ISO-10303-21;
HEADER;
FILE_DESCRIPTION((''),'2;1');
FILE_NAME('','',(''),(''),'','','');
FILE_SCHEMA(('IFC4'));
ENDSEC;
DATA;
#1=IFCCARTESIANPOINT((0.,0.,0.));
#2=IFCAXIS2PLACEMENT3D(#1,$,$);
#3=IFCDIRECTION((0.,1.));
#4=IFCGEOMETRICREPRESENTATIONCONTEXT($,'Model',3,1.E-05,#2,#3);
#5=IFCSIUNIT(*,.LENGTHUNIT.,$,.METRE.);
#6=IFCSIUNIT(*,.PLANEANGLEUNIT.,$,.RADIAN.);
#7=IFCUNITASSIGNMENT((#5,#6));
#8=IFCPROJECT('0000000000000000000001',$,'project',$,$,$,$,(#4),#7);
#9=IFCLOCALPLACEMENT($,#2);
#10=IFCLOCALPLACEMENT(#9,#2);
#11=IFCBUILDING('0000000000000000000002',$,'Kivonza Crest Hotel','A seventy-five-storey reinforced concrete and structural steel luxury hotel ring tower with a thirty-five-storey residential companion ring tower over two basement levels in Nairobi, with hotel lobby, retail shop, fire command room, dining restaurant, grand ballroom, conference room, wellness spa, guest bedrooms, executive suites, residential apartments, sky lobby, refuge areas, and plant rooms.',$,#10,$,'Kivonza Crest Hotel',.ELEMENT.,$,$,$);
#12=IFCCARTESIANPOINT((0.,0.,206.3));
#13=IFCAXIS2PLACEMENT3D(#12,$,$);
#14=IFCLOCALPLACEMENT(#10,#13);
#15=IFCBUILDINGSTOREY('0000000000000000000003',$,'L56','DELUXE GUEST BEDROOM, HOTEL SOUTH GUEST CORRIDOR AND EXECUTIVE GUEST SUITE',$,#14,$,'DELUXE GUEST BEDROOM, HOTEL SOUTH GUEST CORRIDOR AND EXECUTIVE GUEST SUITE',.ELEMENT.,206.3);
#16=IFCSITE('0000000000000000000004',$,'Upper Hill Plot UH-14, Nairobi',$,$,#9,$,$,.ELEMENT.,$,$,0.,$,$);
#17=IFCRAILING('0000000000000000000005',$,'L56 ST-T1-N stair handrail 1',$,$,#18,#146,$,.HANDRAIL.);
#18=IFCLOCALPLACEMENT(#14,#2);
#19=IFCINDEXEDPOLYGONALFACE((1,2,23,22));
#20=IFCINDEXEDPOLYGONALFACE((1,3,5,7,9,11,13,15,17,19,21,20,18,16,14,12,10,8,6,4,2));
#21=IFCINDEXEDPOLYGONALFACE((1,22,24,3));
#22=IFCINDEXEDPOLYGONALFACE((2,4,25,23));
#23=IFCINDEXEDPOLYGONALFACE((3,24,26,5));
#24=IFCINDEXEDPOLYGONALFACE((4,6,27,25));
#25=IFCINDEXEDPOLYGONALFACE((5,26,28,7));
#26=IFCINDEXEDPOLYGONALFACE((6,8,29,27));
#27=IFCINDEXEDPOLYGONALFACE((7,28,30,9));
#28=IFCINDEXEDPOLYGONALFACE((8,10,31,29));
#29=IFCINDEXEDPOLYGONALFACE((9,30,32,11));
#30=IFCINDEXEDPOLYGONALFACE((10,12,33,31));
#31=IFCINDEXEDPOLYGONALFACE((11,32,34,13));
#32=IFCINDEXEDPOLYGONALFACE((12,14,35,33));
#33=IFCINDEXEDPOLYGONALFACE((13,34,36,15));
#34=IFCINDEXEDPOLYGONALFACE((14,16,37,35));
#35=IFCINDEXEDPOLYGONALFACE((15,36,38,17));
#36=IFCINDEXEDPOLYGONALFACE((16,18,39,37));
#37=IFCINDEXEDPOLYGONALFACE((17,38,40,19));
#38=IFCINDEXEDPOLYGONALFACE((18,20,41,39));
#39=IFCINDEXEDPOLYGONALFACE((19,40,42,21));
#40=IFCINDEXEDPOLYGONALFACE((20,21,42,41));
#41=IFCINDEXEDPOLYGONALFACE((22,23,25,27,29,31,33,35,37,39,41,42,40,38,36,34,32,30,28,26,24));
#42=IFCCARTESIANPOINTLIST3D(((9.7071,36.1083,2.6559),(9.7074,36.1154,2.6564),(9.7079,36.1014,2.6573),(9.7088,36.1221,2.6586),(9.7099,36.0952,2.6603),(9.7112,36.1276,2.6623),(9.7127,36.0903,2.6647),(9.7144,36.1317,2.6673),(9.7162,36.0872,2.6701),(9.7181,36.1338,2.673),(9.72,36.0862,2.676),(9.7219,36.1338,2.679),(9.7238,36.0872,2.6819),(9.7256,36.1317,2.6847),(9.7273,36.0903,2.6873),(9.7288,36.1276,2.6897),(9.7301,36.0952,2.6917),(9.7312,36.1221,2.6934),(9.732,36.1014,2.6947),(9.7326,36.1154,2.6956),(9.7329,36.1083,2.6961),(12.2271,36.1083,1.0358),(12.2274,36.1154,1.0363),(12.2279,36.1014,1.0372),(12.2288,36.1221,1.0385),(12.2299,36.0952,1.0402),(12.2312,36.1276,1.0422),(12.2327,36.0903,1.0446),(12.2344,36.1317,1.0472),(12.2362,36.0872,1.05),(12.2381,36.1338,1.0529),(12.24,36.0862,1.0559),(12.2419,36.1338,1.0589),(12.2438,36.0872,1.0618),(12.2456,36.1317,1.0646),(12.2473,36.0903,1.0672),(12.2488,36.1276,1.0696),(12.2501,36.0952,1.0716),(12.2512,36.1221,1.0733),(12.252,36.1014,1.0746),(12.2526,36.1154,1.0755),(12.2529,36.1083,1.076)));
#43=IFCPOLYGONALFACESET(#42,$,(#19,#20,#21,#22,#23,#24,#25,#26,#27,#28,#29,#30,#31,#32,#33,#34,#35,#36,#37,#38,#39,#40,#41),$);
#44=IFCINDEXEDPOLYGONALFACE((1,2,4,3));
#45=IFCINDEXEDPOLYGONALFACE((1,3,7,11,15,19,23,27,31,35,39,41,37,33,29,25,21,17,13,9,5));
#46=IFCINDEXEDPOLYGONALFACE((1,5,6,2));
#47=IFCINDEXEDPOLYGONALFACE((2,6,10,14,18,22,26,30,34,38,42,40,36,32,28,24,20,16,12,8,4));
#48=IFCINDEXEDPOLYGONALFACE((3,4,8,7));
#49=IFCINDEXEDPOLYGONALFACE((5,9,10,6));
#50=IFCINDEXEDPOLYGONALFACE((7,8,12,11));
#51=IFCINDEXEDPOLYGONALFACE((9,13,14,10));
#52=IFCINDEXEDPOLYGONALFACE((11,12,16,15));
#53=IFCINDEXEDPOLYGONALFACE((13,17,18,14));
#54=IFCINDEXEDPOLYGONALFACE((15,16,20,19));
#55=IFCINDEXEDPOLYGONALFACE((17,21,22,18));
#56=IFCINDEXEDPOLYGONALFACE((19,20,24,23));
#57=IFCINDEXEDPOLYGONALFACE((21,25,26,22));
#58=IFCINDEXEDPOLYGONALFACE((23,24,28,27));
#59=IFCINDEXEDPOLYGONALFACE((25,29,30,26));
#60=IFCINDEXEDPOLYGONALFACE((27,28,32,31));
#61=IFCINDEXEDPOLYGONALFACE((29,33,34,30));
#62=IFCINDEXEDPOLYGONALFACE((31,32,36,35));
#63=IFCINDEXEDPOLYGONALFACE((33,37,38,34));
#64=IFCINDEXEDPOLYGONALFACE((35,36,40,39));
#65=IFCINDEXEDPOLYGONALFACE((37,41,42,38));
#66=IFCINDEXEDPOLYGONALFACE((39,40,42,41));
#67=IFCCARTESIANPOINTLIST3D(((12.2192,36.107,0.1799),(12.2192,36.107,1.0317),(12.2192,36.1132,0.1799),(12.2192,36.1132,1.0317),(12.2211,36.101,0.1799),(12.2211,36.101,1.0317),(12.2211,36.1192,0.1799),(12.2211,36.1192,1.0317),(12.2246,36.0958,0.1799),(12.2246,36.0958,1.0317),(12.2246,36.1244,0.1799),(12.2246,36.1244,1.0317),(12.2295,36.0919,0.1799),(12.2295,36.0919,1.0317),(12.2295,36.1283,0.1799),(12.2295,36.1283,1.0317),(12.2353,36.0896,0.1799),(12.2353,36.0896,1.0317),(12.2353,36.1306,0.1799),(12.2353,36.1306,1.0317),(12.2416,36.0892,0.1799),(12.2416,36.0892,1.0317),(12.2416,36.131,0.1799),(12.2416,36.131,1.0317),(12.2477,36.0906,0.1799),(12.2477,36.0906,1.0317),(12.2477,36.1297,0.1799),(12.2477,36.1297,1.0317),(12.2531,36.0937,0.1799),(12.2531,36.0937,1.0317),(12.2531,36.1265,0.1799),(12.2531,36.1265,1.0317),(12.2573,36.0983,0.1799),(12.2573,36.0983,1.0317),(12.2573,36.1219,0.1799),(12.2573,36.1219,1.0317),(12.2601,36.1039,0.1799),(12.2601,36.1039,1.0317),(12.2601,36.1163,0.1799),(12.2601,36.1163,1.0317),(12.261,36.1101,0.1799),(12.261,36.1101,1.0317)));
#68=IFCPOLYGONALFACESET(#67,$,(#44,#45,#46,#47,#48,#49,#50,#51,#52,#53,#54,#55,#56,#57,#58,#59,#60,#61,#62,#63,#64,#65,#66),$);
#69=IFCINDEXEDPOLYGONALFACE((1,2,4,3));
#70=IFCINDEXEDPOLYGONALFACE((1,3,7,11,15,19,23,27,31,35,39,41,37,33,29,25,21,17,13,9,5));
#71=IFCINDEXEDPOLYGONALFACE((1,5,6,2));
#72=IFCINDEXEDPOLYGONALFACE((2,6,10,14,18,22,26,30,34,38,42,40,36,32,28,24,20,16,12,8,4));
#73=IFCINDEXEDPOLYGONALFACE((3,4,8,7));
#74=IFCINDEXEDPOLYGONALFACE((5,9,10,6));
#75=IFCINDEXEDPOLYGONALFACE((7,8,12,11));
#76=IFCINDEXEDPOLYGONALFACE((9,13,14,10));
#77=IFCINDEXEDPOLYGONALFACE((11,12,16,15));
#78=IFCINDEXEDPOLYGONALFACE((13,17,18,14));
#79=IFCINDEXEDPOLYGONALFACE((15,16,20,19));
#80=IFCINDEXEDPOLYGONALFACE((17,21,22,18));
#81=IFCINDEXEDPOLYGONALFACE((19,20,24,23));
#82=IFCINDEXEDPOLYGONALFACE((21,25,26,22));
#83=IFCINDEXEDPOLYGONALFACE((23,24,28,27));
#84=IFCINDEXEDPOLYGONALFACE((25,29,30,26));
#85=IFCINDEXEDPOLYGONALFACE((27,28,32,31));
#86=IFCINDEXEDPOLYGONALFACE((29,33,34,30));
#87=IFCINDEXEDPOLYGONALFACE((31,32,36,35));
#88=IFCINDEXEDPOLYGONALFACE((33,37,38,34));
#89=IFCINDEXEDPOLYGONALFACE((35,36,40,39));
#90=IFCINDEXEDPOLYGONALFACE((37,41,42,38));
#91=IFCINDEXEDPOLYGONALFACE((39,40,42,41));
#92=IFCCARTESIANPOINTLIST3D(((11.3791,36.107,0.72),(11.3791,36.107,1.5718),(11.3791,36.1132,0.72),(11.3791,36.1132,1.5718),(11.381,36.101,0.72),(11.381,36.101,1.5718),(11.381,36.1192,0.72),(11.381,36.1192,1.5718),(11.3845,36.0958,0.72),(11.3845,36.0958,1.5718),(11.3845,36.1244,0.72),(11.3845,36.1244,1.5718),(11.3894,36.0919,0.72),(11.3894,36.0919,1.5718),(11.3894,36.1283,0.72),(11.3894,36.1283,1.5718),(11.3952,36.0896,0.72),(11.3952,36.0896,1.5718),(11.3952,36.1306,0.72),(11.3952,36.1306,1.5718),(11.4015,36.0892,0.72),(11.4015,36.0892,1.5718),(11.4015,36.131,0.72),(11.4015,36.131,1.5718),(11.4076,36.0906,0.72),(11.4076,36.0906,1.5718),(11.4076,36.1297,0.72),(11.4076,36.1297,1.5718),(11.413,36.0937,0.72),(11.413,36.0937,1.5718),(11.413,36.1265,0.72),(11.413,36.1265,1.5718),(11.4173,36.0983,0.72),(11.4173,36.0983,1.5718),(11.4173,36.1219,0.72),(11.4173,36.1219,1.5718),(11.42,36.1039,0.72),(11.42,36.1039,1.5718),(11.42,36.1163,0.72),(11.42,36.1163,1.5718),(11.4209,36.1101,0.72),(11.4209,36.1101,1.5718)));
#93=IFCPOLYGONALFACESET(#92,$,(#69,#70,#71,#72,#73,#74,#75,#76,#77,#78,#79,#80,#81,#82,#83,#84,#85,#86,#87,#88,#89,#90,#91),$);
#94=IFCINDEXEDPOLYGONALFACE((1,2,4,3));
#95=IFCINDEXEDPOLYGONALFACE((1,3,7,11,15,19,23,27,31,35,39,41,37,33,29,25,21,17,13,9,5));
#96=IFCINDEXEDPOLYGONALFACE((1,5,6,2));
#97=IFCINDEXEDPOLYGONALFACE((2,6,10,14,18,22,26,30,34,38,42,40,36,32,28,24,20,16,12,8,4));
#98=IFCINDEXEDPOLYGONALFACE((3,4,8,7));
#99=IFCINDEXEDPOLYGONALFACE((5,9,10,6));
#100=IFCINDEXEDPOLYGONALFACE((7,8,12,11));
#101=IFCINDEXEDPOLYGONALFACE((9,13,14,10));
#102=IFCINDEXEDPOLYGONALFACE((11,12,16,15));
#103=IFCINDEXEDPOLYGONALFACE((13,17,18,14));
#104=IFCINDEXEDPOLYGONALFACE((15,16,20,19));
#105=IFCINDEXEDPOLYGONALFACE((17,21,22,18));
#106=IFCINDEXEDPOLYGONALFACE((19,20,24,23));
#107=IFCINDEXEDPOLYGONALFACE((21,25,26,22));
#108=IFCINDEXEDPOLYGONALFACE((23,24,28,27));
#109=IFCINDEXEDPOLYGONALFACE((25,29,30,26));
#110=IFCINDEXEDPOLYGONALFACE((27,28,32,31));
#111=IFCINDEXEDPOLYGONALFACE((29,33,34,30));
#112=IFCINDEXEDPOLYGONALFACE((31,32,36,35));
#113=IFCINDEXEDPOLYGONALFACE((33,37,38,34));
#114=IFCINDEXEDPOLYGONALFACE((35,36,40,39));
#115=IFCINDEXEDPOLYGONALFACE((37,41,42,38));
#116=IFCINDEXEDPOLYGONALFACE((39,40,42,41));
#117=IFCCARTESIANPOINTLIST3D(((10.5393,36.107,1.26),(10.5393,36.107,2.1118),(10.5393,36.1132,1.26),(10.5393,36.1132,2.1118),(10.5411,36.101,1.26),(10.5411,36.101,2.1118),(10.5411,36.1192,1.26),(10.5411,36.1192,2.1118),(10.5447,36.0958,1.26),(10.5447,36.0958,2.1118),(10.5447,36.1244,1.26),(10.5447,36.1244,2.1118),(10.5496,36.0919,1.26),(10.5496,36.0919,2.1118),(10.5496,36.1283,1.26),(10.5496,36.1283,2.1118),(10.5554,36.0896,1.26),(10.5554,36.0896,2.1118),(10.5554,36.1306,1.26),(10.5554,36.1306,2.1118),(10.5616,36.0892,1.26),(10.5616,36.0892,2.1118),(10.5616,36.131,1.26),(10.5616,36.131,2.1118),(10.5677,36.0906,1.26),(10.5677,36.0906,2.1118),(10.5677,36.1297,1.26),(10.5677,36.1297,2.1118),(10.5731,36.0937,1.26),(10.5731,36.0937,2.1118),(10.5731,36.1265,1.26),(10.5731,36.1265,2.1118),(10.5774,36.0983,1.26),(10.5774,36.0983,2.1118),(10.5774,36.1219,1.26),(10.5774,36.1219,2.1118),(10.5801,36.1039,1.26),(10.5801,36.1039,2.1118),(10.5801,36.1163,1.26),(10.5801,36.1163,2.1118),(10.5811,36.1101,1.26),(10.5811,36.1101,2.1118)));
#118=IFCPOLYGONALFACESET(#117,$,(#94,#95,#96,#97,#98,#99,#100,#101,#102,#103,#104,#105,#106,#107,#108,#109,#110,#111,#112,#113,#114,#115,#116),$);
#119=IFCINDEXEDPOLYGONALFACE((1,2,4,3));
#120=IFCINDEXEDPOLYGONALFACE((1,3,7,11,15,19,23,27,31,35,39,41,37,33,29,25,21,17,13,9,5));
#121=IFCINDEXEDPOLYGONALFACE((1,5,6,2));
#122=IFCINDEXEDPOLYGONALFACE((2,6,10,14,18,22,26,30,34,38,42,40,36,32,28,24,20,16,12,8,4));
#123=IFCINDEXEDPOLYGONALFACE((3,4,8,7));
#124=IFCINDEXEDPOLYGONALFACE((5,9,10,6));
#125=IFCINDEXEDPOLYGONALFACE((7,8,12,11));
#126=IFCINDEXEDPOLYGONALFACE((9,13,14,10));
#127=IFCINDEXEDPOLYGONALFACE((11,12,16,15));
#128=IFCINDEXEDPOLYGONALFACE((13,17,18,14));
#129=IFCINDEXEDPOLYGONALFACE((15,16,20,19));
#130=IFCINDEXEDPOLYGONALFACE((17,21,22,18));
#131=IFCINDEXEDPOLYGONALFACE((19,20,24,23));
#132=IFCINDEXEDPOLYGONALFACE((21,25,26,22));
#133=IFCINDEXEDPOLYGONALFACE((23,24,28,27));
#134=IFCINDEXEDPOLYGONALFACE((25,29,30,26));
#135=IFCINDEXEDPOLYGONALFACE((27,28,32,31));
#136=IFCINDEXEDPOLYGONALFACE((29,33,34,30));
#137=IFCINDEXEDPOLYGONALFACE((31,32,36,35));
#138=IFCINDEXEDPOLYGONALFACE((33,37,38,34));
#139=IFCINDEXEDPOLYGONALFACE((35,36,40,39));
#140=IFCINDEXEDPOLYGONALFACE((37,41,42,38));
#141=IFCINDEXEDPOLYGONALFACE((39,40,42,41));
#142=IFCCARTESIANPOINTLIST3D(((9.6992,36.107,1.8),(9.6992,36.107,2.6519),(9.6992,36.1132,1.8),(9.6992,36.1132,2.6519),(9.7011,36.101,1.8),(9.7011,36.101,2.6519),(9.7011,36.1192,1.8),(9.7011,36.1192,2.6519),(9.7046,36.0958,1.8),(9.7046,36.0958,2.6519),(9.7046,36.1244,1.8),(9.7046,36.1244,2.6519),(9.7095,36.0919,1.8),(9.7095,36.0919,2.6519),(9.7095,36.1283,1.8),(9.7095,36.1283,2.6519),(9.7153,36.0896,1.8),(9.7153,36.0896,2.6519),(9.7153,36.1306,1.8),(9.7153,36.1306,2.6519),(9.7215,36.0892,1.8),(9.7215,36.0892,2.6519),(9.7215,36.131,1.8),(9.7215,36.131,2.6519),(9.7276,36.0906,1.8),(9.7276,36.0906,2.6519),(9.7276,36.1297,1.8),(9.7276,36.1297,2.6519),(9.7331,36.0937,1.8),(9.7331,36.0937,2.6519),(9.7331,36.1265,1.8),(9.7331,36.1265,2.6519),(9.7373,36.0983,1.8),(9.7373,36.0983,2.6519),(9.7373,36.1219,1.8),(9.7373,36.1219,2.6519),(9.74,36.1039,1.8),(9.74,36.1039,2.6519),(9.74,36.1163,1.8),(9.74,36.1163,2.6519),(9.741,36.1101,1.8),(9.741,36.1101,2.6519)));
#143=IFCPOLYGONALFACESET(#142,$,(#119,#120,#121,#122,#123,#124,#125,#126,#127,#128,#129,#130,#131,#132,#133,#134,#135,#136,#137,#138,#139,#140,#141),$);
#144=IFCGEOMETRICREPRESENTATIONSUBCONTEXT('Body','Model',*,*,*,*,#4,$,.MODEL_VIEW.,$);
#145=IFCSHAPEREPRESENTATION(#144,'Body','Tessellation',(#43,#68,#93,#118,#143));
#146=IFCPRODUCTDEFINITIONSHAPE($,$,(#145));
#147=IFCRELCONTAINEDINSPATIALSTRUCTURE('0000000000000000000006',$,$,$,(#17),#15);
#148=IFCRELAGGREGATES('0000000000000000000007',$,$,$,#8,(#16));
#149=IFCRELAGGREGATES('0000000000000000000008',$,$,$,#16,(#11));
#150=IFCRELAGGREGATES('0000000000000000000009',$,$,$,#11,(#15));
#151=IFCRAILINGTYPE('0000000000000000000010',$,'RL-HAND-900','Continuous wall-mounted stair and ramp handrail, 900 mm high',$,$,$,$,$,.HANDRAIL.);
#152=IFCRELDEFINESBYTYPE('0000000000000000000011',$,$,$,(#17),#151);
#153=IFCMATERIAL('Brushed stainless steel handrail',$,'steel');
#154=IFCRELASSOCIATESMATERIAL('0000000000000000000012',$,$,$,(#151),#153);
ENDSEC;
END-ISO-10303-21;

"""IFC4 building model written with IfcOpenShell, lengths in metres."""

from ifc_helpers import new_model, si_unit, direction, frame, origin, origin_2d, place, context, subcontext, project, spatial, circle, extrude, material, type_object, element, save


model = new_model("IFC4")

# Units and contexts
model_context = context("Model", 3, precision=1e-05, world=origin(), true_north=direction((0.0, 1.0)))
body_context = subcontext(model_context, "Body", "Model", "MODEL_VIEW")
ifc_project = project(units=[si_unit("LENGTHUNIT", "METRE"), si_unit("PLANEANGLEUNIT", "RADIAN")], contexts=[model_context])

# Site, building, storey
site_placement = place(None, origin())
site = spatial("IfcSite", under=ifc_project, at=site_placement, Name="Upper Hill Plot UH-14, Nairobi", CompositionType="ELEMENT", RefElevation=0.0)
building_placement = place(site_placement, origin())
building = spatial("IfcBuilding", under=site, at=building_placement, Name="Kivonza Crest Hotel", Description="A seventy-five-storey reinforced concrete and structural steel luxury hotel ring tower with a thirty-five-storey residential companion ring tower over two basement levels in Nairobi, with hotel lobby, retail shop, fire command room, dining restaurant, grand ballroom, conference room, wellness spa, guest bedrooms, executive suites, residential apartments, sky lobby, refuge areas, and plant rooms.", LongName="Kivonza Crest Hotel", CompositionType="ELEMENT")
storey_placement = place(building_placement, frame((0.0, 0.0, 206.3)))
storey = spatial("IfcBuildingStorey", under=building, at=storey_placement, Name="L56", Description="DELUXE GUEST BEDROOM, HOTEL SOUTH GUEST CORRIDOR AND EXECUTIVE GUEST SUITE", LongName="DELUXE GUEST BEDROOM, HOTEL SOUTH GUEST CORRIDOR AND EXECUTIVE GUEST SUITE", CompositionType="ELEMENT", Elevation=206.3)

# Railing
ifc_material_1 = material(Name="Brushed stainless steel handrail", Category="steel")
railing_type_1 = type_object("IfcRailingType", Name="RL-HAND-900", Description="Continuous wall-mounted stair and ramp handrail, 900 mm high", PredefinedType="HANDRAIL", material=ifc_material_1)
railing_1_placement = place(storey_placement, frame((12.24, 36.1101, 0.1799)))
element("IfcRailing", 1, at=railing_1_placement, inside=storey, type_object=railing_type_1, Name="L56 ST-T1-N stair handrail 1", PredefinedType="HANDRAIL", context=body_context, shape_type="SweptSolid", body=[
    extrude(circle(Radius=0.0239, at=origin_2d()), frame((0.0, 0.0, 0.876), z_axis=(-0.841163, 0.0, 0.540782), x_axis=(0.0, -1.0, 0.0)), (0.0, 0.0, 1.0), 2.9958),
    extrude(circle(Radius=0.021, at=origin_2d()), origin(), (0.0, 0.0, 1.0), 0.8518),
    extrude(circle(Radius=0.021, at=origin_2d()), frame((-0.8401, 0.0, 0.54)), (0.0, 0.0, 1.0), 0.8518),
    extrude(circle(Radius=0.021, at=origin_2d()), frame((-1.6799, 0.0, 1.0801)), (0.0, 0.0, 1.0), 0.8518),
    extrude(circle(Radius=0.021, at=origin_2d()), frame((-2.52, 0.0, 1.6201)), (0.0, 0.0, 1.0), 0.8518),
])

save(model, "model.ifc")
